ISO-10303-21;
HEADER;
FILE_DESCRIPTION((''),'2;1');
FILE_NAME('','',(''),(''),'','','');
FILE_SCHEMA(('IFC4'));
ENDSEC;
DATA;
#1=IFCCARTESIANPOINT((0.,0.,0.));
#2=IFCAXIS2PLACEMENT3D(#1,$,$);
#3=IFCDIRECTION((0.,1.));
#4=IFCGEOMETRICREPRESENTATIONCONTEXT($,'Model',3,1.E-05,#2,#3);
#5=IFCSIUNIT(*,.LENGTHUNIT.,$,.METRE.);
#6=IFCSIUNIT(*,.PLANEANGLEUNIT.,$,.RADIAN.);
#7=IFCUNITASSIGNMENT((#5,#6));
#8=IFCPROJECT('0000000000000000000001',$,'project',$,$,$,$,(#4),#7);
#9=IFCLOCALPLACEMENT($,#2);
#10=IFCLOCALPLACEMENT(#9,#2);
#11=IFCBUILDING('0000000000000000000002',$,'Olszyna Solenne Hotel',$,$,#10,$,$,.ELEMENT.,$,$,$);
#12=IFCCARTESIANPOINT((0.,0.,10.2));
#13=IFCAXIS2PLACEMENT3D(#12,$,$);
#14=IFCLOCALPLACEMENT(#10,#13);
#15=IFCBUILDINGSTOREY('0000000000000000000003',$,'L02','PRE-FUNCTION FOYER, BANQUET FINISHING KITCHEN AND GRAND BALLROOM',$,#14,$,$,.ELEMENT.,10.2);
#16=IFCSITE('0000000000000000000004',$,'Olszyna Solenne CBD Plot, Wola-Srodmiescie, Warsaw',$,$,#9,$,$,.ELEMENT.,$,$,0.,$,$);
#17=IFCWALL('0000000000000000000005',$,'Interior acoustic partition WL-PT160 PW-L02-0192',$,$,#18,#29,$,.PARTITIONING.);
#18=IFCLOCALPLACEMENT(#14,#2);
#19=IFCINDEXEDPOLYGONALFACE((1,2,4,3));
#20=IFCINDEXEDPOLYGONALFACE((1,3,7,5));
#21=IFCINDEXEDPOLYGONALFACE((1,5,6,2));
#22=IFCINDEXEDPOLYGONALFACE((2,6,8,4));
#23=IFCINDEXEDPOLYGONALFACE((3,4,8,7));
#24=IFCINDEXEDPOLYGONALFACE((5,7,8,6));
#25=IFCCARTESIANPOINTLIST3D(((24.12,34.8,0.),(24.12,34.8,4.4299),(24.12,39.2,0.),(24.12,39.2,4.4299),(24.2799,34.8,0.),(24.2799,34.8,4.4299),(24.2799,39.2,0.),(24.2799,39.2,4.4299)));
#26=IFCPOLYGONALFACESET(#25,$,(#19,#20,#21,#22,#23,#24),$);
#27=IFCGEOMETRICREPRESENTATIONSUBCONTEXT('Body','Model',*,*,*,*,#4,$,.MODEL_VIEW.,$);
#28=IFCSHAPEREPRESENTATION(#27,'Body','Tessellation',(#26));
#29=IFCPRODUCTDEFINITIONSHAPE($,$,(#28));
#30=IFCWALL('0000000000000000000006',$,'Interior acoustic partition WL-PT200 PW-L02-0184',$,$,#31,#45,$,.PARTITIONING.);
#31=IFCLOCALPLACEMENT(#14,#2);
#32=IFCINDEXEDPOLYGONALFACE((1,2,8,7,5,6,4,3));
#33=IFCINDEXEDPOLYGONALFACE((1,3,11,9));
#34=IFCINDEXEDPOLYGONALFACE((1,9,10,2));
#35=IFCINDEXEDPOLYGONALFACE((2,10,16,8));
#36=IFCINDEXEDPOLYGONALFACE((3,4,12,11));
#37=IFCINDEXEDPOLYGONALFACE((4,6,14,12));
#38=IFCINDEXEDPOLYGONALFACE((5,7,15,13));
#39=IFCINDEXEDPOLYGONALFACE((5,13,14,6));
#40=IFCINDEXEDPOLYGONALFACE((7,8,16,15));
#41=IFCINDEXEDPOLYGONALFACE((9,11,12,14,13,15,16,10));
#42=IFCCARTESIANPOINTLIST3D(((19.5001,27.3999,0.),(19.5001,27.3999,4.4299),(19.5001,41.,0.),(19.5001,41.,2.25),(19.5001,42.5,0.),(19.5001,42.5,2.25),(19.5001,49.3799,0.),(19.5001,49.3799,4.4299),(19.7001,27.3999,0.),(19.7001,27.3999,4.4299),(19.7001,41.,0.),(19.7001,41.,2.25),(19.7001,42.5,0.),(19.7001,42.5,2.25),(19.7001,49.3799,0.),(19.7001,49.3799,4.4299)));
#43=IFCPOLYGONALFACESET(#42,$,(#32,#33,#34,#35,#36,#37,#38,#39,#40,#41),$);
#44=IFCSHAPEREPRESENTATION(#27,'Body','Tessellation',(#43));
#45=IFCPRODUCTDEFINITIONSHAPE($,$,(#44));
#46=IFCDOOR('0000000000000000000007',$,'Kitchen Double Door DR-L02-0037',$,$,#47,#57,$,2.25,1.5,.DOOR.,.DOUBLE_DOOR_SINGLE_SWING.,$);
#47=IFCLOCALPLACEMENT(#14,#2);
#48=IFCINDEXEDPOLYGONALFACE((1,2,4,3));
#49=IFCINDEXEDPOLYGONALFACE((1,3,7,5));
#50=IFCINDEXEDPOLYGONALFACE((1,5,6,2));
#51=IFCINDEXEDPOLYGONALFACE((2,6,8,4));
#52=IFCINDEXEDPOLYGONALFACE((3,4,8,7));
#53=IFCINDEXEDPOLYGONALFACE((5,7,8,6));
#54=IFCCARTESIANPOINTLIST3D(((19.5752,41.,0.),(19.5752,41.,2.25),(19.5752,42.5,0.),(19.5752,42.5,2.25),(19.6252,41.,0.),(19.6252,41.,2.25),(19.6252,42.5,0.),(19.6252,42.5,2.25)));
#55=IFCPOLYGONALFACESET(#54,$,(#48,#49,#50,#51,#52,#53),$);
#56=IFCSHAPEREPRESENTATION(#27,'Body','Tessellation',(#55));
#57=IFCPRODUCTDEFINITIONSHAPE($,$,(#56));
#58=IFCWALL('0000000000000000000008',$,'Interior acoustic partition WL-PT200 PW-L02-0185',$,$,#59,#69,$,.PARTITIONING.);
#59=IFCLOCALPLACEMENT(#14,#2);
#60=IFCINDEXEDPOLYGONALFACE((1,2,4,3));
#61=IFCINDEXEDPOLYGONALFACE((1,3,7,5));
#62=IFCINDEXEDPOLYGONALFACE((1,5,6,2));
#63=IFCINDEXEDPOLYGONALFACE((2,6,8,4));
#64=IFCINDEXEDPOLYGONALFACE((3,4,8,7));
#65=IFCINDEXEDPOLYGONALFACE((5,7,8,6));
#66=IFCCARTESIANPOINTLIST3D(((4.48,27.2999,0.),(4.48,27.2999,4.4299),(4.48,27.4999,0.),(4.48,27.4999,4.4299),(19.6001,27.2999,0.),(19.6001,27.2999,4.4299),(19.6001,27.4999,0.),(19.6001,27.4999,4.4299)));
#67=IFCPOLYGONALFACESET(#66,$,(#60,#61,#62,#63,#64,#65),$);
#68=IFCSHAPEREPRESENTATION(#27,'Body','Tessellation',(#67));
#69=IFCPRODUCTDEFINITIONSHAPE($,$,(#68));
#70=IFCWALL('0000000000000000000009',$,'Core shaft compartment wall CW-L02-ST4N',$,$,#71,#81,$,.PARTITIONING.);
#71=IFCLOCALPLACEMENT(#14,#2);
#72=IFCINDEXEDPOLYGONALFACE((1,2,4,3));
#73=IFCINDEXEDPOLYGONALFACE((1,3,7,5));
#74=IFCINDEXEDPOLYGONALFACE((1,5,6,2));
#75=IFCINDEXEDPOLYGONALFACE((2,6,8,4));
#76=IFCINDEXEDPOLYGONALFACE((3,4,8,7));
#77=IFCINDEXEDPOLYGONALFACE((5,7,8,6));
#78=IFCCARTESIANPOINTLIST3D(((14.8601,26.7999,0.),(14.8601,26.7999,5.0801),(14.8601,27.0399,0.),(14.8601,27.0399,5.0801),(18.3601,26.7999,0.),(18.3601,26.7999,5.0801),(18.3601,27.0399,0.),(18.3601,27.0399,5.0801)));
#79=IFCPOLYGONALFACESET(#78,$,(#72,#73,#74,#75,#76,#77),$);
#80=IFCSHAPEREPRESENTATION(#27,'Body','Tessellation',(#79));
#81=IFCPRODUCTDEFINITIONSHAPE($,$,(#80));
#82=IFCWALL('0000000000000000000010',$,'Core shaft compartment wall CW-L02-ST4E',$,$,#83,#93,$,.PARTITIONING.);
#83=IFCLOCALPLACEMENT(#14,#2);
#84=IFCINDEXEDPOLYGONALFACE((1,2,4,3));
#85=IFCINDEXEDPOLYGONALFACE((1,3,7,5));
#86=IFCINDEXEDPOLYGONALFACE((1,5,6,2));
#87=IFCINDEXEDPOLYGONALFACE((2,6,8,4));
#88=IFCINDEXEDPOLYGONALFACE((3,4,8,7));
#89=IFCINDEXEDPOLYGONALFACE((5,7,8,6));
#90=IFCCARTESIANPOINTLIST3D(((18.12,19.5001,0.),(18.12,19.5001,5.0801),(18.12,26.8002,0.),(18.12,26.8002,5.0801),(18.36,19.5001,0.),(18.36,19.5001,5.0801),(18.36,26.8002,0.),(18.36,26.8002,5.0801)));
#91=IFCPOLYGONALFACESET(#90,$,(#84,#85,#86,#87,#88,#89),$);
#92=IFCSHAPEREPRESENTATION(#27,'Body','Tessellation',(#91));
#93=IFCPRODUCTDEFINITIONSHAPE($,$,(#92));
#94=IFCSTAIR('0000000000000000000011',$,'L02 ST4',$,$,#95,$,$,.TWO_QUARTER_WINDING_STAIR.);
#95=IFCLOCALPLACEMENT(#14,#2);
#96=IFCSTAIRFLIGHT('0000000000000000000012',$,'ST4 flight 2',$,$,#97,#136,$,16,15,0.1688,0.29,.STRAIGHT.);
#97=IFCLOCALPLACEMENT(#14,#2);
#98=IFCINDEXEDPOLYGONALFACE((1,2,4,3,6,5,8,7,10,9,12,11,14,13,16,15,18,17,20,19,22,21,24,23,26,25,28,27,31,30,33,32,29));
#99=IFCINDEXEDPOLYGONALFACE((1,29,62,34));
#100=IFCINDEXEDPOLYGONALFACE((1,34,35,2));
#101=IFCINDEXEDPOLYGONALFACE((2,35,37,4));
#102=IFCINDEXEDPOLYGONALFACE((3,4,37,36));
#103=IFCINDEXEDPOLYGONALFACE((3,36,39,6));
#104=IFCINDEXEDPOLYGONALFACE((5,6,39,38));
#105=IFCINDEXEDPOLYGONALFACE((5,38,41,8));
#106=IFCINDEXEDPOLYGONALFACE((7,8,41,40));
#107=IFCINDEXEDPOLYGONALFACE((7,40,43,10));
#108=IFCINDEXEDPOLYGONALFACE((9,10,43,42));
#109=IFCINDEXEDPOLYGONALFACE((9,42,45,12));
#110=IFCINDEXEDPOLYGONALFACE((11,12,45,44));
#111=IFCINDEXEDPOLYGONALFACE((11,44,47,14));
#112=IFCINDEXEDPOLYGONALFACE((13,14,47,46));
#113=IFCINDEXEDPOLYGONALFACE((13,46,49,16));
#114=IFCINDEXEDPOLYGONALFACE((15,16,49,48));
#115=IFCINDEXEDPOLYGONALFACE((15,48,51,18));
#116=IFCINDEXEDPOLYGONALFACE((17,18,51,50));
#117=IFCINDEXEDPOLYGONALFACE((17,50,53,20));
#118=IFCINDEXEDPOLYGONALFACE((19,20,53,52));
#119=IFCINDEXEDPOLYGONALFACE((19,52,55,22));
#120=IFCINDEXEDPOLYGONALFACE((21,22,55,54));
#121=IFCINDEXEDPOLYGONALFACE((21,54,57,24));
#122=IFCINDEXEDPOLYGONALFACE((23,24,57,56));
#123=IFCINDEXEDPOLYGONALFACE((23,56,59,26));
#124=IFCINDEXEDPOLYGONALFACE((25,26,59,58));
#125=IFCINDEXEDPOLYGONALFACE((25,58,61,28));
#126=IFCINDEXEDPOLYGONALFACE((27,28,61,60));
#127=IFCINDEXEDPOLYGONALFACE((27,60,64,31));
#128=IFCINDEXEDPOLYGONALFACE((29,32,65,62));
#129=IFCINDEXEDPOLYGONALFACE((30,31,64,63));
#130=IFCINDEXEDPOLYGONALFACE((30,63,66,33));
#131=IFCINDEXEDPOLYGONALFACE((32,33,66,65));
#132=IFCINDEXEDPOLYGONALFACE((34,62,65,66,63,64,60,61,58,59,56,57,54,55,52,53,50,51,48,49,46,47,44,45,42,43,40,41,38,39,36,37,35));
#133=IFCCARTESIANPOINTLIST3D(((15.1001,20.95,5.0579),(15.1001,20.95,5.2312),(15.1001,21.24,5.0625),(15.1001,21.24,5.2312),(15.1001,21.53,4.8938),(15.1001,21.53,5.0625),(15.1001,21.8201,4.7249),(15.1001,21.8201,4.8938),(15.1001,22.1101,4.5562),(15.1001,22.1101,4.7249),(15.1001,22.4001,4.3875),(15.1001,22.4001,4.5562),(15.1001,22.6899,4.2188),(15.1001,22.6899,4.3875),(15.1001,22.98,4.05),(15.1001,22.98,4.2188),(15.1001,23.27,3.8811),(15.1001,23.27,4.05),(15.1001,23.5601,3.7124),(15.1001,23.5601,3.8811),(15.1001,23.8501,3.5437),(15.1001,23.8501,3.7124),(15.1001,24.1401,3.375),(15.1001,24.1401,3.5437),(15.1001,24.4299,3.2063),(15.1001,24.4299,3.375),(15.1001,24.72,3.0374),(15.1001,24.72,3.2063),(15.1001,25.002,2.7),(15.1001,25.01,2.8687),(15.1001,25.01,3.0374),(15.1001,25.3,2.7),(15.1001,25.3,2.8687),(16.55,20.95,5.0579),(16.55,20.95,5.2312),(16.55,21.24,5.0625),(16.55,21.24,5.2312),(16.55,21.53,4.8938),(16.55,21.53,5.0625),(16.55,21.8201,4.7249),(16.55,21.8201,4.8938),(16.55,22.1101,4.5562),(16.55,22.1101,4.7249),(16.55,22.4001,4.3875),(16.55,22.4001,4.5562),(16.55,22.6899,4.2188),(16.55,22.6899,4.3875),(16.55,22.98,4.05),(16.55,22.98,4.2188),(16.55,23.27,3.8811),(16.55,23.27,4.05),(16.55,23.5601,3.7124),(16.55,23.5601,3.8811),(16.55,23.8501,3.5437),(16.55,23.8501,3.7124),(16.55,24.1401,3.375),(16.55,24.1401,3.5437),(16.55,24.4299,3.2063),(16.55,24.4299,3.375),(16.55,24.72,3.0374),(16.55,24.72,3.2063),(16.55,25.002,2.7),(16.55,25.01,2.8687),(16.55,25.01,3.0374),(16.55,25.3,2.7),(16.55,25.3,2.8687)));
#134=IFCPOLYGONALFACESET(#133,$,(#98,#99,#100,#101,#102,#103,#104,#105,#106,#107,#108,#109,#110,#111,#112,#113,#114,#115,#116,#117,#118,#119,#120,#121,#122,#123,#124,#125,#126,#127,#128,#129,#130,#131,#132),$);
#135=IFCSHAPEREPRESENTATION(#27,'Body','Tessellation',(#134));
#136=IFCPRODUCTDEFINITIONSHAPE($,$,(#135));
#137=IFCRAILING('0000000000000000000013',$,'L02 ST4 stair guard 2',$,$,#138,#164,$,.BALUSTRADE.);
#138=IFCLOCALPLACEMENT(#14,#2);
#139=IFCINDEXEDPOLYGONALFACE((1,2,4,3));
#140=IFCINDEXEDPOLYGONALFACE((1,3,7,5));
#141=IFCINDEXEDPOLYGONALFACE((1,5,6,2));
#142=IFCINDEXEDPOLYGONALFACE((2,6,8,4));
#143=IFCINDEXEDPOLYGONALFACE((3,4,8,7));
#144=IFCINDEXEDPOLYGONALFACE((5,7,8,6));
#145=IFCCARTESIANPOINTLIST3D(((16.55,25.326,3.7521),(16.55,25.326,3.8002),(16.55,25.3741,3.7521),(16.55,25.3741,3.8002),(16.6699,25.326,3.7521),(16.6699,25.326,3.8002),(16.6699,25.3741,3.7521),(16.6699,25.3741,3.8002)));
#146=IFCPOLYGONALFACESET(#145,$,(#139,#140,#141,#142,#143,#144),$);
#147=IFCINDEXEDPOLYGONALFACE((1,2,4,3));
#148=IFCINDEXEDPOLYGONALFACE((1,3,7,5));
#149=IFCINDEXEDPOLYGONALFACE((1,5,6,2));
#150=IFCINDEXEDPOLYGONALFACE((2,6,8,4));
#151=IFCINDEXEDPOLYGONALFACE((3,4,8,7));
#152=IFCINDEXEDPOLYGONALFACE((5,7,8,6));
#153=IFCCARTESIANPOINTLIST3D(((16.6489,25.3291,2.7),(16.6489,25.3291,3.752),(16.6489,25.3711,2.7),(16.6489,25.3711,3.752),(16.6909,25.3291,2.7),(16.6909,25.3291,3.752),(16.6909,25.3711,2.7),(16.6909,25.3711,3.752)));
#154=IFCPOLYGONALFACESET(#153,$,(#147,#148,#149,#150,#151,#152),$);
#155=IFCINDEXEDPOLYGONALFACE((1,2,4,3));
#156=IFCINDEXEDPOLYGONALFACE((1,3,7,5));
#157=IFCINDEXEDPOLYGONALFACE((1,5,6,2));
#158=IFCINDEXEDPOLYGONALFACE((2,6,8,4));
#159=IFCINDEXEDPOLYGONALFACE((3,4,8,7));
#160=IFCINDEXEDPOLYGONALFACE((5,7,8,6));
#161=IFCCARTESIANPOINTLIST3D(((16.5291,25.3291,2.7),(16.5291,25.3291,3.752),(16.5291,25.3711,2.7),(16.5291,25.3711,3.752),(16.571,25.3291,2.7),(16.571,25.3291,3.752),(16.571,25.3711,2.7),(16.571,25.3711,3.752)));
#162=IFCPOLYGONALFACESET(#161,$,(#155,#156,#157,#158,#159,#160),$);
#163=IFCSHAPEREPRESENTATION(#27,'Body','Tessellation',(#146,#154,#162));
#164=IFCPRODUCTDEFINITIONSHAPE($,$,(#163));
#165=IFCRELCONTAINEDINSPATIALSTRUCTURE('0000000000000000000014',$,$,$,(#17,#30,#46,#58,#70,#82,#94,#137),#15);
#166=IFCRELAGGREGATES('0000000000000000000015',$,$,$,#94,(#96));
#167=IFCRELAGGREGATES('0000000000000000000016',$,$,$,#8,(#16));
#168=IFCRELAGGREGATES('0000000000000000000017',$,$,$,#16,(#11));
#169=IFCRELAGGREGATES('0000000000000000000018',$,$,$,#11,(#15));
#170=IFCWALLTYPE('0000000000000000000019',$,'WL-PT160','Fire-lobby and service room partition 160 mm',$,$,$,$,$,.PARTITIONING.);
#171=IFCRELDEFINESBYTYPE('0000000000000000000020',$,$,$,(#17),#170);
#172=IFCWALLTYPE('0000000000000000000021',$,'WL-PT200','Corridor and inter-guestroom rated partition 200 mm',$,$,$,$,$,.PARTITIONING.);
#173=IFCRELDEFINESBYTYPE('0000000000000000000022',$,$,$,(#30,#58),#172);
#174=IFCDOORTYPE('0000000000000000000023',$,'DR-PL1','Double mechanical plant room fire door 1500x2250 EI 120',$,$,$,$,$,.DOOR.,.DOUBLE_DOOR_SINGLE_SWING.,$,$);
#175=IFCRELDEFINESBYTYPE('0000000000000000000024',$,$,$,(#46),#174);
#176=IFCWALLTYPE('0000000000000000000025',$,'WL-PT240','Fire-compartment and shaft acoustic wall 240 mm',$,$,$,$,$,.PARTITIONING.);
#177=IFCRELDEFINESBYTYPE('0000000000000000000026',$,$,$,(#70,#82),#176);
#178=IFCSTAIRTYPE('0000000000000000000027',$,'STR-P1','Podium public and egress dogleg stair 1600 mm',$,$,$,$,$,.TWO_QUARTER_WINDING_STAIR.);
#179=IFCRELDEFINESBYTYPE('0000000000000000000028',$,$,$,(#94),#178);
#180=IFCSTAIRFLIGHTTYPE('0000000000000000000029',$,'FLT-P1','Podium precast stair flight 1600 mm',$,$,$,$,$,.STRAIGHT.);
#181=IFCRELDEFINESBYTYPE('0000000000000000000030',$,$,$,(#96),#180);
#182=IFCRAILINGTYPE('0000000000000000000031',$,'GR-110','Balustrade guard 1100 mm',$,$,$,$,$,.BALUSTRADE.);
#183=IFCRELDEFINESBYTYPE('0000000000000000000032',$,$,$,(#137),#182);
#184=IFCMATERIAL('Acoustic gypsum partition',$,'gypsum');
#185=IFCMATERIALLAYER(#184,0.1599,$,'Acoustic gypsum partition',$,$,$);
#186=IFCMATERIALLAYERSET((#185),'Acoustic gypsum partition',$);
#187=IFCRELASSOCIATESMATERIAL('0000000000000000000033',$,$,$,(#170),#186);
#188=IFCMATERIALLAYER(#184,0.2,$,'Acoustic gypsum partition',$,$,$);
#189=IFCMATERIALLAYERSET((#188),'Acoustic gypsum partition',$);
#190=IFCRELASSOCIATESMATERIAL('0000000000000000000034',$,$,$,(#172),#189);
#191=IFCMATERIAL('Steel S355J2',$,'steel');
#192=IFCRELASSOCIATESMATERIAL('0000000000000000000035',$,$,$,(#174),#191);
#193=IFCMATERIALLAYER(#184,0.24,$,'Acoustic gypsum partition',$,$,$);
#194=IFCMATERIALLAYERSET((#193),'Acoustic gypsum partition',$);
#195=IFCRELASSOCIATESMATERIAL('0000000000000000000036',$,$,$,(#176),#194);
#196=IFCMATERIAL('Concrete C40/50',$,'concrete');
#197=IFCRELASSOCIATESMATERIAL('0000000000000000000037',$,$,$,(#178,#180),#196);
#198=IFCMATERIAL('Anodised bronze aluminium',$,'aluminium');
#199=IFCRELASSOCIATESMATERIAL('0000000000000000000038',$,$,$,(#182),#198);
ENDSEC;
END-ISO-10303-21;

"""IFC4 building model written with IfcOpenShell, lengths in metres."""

from ifc_helpers import new_model, si_unit, direction, frame, frame_2d, origin, origin_2d, place, context, subcontext, project, spatial, polyline, rectangle, outline, extrude, source, transform, mapped, material, layer, layer_set, type_object, type_shapes, element, fill, aggregate, save


model = new_model("IFC4")

# Units and contexts
model_context = context("Model", 3, precision=1e-05, world=origin(), true_north=direction((0.0, 1.0)))
body_context = subcontext(model_context, "Body", "Model", "MODEL_VIEW")
ifc_project = project(units=[si_unit("LENGTHUNIT", "METRE"), si_unit("PLANEANGLEUNIT", "RADIAN")], contexts=[model_context])

# Site, building, storey
site_placement = place(None, origin())
site = spatial("IfcSite", under=ifc_project, at=site_placement, Name="Olszyna Solenne CBD Plot, Wola-Srodmiescie, Warsaw", CompositionType="ELEMENT", RefElevation=0.0)
building_placement = place(site_placement, origin())
building = spatial("IfcBuilding", under=site, at=building_placement, Name="Olszyna Solenne Hotel", CompositionType="ELEMENT")
storey_placement = place(building_placement, frame((0.0, 0.0, 10.2)))
storey = spatial("IfcBuildingStorey", under=building, at=storey_placement, Name="L02", Description="PRE-FUNCTION FOYER, BANQUET FINISHING KITCHEN AND GRAND BALLROOM", CompositionType="ELEMENT", Elevation=10.2)

# Shared definitions
ifc_material_1 = material(Name="Steel S355J2", Category="steel")

# Shared definitions
ifc_material_2 = material(Name="Acoustic gypsum partition", Category="gypsum")
ifc_layer_1 = layer(ifc_material_2, 0.1599, Name="Acoustic gypsum partition")
ifc_layer_set_1 = layer_set([ifc_layer_1], Name="Acoustic gypsum partition")
wall_type_1 = type_object("IfcWallType", Name="WL-PT160", Description="Fire-lobby and service room partition 160 mm", PredefinedType="PARTITIONING", material=ifc_layer_set_1)

# Wall
wall_1_placement = place(storey_placement, frame((24.2, 34.8, 0.0), z_axis=(0.0, 0.0, 1.0), x_axis=(0.0, 1.0, 0.0)))
element("IfcWall", 1, at=wall_1_placement, inside=storey, type_object=wall_type_1, Name="Interior acoustic partition WL-PT160 PW-L02-0192", PredefinedType="PARTITIONING", context=body_context, shape_type="SweptSolid", body=[
    extrude(rectangle(XDim=4.3999, YDim=0.1599, at=frame_2d((2.2, 0.0))), origin(), (0.0, 0.0, 1.0), 4.4299),
])

# Wall, opening, door
ifc_layer_2 = layer(ifc_material_2, 0.2, Name="Acoustic gypsum partition")
ifc_layer_set_2 = layer_set([ifc_layer_2], Name="Acoustic gypsum partition")
wall_type_2 = type_object("IfcWallType", Name="WL-PT200", Description="Corridor and inter-guestroom rated partition 200 mm", PredefinedType="PARTITIONING", material=ifc_layer_set_2)
wall_2_placement = place(storey_placement, frame((19.6001, 27.3999, 0.0), z_axis=(0.0, 0.0, 1.0), x_axis=(0.0, 1.0, 0.0)))
wall_2 = element("IfcWall", 2, at=wall_2_placement, inside=storey, type_object=wall_type_2, Name="Interior acoustic partition WL-PT200 PW-L02-0184", PredefinedType="PARTITIONING", context=body_context, shape_type="SweptSolid", body=[
    extrude(rectangle(XDim=21.98, YDim=0.2, at=frame_2d((10.99, 0.0))), origin(), (0.0, 0.0, 1.0), 4.4299),
])
opening_1_placement = place(wall_2_placement, frame((13.6001, 0.0, 0.0)))
opening_1 = element("IfcOpeningElement", 3, at=opening_1_placement, cuts=wall_2, PredefinedType="OPENING", context=body_context, shape_type="SweptSolid", body=[
    extrude(rectangle(XDim=1.5, YDim=2.25, at=frame_2d((0.75, 1.125))), frame((0.0, 0.1099, 0.0), z_axis=(0.0, -1.0, 0.0), x_axis=(1.0, 0.0, 0.0)), (0.0, 0.0, 1.0), 0.22),
])
door_type_1 = type_object("IfcDoorType", Name="DR-PL1", Description="Double mechanical plant room fire door 1500x2250 EI 120", OperationType="DOUBLE_DOOR_SINGLE_SWING", PredefinedType="DOOR", material=ifc_material_1)
shared_shape_1 = source(origin(), body_context, "Body", "SweptSolid", [
    extrude(rectangle(XDim=1.5, YDim=2.25, at=frame_2d((0.75, 1.125))), frame((0.0, 0.0249, 0.0), z_axis=(0.0, -1.0, 0.0), x_axis=(1.0, 0.0, 0.0)), (0.0, 0.0, 1.0), 0.05),
])
type_shapes(door_type_1, [shared_shape_1])
door_1_placement = place(opening_1_placement, origin())
door_1 = element("IfcDoor", 4, at=door_1_placement, inside=storey, type_object=door_type_1, Name="Kitchen Double Door DR-L02-0037", OperationType="DOUBLE_DOOR_SINGLE_SWING", OverallHeight=2.25, OverallWidth=1.5, PredefinedType="DOOR", context=body_context, shape_type="MappedRepresentation", body=[
    mapped(shared_shape_1, transform((0.0, 0.0, 0.0), x_axis=(1.0, 0.0, 0.0), y_axis=(0.0, 1.0, 0.0), z_axis=(0.0, 0.0, 1.0), scale=1.0)),
])
fill(opening_1, door_1)

# Walls
wall_3_placement = place(storey_placement, frame((4.48, 27.3999, 0.0), z_axis=(0.0, 0.0, 1.0), x_axis=(1.0, 0.0, 0.0)))
element("IfcWall", 5, at=wall_3_placement, inside=storey, type_object=wall_type_2, Name="Interior acoustic partition WL-PT200 PW-L02-0185", PredefinedType="PARTITIONING", context=body_context, shape_type="SweptSolid", body=[
    extrude(rectangle(XDim=15.1201, YDim=0.2, at=frame_2d((7.5601, 0.0))), origin(), (0.0, 0.0, 1.0), 4.4299),
])
ifc_layer_3 = layer(ifc_material_2, 0.24, Name="Acoustic gypsum partition")
ifc_layer_set_3 = layer_set([ifc_layer_3], Name="Acoustic gypsum partition")
wall_type_3 = type_object("IfcWallType", Name="WL-PT240", Description="Fire-compartment and shaft acoustic wall 240 mm", PredefinedType="PARTITIONING", material=ifc_layer_set_3)
wall_4_placement = place(storey_placement, frame((14.8601, 26.9199, 0.0), z_axis=(0.0, 0.0, 1.0), x_axis=(1.0, 0.0, 0.0)))
element("IfcWall", 6, at=wall_4_placement, inside=storey, type_object=wall_type_3, Name="Core shaft compartment wall CW-L02-ST4N", PredefinedType="PARTITIONING", context=body_context, shape_type="SweptSolid", body=[
    extrude(rectangle(XDim=3.5, YDim=0.24, at=frame_2d((1.75, 0.0))), origin(), (0.0, 0.0, 1.0), 5.0801),
])
wall_5_placement = place(storey_placement, frame((18.24, 26.8, 0.0), z_axis=(0.0, 0.0, 1.0), x_axis=(0.0, -1.0, 0.0)))
element("IfcWall", 7, at=wall_5_placement, inside=storey, type_object=wall_type_3, Name="Core shaft compartment wall CW-L02-ST4E", PredefinedType="PARTITIONING", context=body_context, shape_type="SweptSolid", body=[
    extrude(rectangle(XDim=7.3, YDim=0.24, at=frame_2d((3.6499, 0.0))), origin(), (0.0, 0.0, 1.0), 5.0801),
])

# Stair, stair flight
ifc_material_3 = material(Name="Concrete C40/50", Category="concrete")
stair_type = type_object("IfcStairType", Name="STR-P1", Description="Podium public and egress dogleg stair 1600 mm", PredefinedType="TWO_QUARTER_WINDING_STAIR", material=ifc_material_3)
stair_placement = place(storey_placement, origin())
stair = element("IfcStair", 8, at=stair_placement, inside=storey, type_object=stair_type, Name="L02 ST4", PredefinedType="TWO_QUARTER_WINDING_STAIR")
stair_flight_type = type_object("IfcStairFlightType", Name="FLT-P1", Description="Podium precast stair flight 1600 mm", PredefinedType="STRAIGHT", material=ifc_material_3)
stair_flight_placement = place(storey_placement, frame((15.825, 25.3, 2.7), z_axis=(0.0, 0.0, 1.0), x_axis=(0.0, -1.0, 0.0)))
stair_flight = element("IfcStairFlight", 9, at=stair_flight_placement, type_object=stair_flight_type, Name="ST4 flight 2", NumberOfRisers=16, NumberOfTreads=15, PredefinedType="STRAIGHT", RiserHeight=0.1688, TreadLength=0.29, context=body_context, shape_type="SweptSolid", body=[
    extrude(outline(polyline([(0.0, 0.0), (0.0, 0.1687), (0.29, 0.1687), (0.29, 0.3374), (0.5801, 0.3374), (0.5801, 0.5063), (0.8701, 0.5063), (0.8701, 0.675), (1.1599, 0.675), (1.1599, 0.8438), (1.45, 0.8438), (1.45, 1.0125), (1.74, 1.0125), (1.74, 1.1812), (2.03, 1.1812), (2.03, 1.3501), (2.3201, 1.3501), (2.3201, 1.5188), (2.6101, 1.5188), (2.6101, 1.6875), (2.8999, 1.6875), (2.8999, 1.8562), (3.1899, 1.8562), (3.1899, 2.0249), (3.48, 2.0249), (3.48, 2.1938), (3.77, 2.1938), (3.77, 2.3625), (4.0601, 2.3625), (4.0601, 2.5312), (4.3501, 2.5312), (4.3501, 2.7), (4.3501, 2.3579), (0.2981, 0.0), (0.0, 0.0)])), frame((0.0, 0.7251, 0.0), z_axis=(0.0, -1.0, 0.0), x_axis=(1.0, 0.0, 0.0)), (0.0, 0.0, 1.0), 1.45),
])
aggregate(stair, [stair_flight])

# Railing
ifc_material_4 = material(Name="Anodised bronze aluminium", Category="aluminium")
railing_type_1 = type_object("IfcRailingType", Name="GR-110", Description="Balustrade guard 1100 mm", PredefinedType="BALUSTRADE", material=ifc_material_4)
railing_1_placement = place(storey_placement, frame((16.6699, 25.3501, 2.7)))
element("IfcRailing", 10, at=railing_1_placement, inside=storey, type_object=railing_type_1, Name="L02 ST4 stair guard 2", PredefinedType="BALUSTRADE", context=body_context, shape_type="SweptSolid", body=[
    extrude(rectangle(XDim=0.0481, YDim=0.0481, at=origin_2d()), frame((0.0, 0.0, 1.0762), z_axis=(-1.0, 0.0, 0.0), x_axis=(0.0, -1.0, 0.0)), (0.0, 0.0, 1.0), 0.1199),
    extrude(rectangle(XDim=0.042, YDim=0.042, at=origin_2d()), origin(), (0.0, 0.0, 1.0), 1.052),
    extrude(rectangle(XDim=0.042, YDim=0.042, at=origin_2d()), frame((-0.1199, 0.0, 0.0)), (0.0, 0.0, 1.0), 1.052),
])

save(model, "model.ifc")
